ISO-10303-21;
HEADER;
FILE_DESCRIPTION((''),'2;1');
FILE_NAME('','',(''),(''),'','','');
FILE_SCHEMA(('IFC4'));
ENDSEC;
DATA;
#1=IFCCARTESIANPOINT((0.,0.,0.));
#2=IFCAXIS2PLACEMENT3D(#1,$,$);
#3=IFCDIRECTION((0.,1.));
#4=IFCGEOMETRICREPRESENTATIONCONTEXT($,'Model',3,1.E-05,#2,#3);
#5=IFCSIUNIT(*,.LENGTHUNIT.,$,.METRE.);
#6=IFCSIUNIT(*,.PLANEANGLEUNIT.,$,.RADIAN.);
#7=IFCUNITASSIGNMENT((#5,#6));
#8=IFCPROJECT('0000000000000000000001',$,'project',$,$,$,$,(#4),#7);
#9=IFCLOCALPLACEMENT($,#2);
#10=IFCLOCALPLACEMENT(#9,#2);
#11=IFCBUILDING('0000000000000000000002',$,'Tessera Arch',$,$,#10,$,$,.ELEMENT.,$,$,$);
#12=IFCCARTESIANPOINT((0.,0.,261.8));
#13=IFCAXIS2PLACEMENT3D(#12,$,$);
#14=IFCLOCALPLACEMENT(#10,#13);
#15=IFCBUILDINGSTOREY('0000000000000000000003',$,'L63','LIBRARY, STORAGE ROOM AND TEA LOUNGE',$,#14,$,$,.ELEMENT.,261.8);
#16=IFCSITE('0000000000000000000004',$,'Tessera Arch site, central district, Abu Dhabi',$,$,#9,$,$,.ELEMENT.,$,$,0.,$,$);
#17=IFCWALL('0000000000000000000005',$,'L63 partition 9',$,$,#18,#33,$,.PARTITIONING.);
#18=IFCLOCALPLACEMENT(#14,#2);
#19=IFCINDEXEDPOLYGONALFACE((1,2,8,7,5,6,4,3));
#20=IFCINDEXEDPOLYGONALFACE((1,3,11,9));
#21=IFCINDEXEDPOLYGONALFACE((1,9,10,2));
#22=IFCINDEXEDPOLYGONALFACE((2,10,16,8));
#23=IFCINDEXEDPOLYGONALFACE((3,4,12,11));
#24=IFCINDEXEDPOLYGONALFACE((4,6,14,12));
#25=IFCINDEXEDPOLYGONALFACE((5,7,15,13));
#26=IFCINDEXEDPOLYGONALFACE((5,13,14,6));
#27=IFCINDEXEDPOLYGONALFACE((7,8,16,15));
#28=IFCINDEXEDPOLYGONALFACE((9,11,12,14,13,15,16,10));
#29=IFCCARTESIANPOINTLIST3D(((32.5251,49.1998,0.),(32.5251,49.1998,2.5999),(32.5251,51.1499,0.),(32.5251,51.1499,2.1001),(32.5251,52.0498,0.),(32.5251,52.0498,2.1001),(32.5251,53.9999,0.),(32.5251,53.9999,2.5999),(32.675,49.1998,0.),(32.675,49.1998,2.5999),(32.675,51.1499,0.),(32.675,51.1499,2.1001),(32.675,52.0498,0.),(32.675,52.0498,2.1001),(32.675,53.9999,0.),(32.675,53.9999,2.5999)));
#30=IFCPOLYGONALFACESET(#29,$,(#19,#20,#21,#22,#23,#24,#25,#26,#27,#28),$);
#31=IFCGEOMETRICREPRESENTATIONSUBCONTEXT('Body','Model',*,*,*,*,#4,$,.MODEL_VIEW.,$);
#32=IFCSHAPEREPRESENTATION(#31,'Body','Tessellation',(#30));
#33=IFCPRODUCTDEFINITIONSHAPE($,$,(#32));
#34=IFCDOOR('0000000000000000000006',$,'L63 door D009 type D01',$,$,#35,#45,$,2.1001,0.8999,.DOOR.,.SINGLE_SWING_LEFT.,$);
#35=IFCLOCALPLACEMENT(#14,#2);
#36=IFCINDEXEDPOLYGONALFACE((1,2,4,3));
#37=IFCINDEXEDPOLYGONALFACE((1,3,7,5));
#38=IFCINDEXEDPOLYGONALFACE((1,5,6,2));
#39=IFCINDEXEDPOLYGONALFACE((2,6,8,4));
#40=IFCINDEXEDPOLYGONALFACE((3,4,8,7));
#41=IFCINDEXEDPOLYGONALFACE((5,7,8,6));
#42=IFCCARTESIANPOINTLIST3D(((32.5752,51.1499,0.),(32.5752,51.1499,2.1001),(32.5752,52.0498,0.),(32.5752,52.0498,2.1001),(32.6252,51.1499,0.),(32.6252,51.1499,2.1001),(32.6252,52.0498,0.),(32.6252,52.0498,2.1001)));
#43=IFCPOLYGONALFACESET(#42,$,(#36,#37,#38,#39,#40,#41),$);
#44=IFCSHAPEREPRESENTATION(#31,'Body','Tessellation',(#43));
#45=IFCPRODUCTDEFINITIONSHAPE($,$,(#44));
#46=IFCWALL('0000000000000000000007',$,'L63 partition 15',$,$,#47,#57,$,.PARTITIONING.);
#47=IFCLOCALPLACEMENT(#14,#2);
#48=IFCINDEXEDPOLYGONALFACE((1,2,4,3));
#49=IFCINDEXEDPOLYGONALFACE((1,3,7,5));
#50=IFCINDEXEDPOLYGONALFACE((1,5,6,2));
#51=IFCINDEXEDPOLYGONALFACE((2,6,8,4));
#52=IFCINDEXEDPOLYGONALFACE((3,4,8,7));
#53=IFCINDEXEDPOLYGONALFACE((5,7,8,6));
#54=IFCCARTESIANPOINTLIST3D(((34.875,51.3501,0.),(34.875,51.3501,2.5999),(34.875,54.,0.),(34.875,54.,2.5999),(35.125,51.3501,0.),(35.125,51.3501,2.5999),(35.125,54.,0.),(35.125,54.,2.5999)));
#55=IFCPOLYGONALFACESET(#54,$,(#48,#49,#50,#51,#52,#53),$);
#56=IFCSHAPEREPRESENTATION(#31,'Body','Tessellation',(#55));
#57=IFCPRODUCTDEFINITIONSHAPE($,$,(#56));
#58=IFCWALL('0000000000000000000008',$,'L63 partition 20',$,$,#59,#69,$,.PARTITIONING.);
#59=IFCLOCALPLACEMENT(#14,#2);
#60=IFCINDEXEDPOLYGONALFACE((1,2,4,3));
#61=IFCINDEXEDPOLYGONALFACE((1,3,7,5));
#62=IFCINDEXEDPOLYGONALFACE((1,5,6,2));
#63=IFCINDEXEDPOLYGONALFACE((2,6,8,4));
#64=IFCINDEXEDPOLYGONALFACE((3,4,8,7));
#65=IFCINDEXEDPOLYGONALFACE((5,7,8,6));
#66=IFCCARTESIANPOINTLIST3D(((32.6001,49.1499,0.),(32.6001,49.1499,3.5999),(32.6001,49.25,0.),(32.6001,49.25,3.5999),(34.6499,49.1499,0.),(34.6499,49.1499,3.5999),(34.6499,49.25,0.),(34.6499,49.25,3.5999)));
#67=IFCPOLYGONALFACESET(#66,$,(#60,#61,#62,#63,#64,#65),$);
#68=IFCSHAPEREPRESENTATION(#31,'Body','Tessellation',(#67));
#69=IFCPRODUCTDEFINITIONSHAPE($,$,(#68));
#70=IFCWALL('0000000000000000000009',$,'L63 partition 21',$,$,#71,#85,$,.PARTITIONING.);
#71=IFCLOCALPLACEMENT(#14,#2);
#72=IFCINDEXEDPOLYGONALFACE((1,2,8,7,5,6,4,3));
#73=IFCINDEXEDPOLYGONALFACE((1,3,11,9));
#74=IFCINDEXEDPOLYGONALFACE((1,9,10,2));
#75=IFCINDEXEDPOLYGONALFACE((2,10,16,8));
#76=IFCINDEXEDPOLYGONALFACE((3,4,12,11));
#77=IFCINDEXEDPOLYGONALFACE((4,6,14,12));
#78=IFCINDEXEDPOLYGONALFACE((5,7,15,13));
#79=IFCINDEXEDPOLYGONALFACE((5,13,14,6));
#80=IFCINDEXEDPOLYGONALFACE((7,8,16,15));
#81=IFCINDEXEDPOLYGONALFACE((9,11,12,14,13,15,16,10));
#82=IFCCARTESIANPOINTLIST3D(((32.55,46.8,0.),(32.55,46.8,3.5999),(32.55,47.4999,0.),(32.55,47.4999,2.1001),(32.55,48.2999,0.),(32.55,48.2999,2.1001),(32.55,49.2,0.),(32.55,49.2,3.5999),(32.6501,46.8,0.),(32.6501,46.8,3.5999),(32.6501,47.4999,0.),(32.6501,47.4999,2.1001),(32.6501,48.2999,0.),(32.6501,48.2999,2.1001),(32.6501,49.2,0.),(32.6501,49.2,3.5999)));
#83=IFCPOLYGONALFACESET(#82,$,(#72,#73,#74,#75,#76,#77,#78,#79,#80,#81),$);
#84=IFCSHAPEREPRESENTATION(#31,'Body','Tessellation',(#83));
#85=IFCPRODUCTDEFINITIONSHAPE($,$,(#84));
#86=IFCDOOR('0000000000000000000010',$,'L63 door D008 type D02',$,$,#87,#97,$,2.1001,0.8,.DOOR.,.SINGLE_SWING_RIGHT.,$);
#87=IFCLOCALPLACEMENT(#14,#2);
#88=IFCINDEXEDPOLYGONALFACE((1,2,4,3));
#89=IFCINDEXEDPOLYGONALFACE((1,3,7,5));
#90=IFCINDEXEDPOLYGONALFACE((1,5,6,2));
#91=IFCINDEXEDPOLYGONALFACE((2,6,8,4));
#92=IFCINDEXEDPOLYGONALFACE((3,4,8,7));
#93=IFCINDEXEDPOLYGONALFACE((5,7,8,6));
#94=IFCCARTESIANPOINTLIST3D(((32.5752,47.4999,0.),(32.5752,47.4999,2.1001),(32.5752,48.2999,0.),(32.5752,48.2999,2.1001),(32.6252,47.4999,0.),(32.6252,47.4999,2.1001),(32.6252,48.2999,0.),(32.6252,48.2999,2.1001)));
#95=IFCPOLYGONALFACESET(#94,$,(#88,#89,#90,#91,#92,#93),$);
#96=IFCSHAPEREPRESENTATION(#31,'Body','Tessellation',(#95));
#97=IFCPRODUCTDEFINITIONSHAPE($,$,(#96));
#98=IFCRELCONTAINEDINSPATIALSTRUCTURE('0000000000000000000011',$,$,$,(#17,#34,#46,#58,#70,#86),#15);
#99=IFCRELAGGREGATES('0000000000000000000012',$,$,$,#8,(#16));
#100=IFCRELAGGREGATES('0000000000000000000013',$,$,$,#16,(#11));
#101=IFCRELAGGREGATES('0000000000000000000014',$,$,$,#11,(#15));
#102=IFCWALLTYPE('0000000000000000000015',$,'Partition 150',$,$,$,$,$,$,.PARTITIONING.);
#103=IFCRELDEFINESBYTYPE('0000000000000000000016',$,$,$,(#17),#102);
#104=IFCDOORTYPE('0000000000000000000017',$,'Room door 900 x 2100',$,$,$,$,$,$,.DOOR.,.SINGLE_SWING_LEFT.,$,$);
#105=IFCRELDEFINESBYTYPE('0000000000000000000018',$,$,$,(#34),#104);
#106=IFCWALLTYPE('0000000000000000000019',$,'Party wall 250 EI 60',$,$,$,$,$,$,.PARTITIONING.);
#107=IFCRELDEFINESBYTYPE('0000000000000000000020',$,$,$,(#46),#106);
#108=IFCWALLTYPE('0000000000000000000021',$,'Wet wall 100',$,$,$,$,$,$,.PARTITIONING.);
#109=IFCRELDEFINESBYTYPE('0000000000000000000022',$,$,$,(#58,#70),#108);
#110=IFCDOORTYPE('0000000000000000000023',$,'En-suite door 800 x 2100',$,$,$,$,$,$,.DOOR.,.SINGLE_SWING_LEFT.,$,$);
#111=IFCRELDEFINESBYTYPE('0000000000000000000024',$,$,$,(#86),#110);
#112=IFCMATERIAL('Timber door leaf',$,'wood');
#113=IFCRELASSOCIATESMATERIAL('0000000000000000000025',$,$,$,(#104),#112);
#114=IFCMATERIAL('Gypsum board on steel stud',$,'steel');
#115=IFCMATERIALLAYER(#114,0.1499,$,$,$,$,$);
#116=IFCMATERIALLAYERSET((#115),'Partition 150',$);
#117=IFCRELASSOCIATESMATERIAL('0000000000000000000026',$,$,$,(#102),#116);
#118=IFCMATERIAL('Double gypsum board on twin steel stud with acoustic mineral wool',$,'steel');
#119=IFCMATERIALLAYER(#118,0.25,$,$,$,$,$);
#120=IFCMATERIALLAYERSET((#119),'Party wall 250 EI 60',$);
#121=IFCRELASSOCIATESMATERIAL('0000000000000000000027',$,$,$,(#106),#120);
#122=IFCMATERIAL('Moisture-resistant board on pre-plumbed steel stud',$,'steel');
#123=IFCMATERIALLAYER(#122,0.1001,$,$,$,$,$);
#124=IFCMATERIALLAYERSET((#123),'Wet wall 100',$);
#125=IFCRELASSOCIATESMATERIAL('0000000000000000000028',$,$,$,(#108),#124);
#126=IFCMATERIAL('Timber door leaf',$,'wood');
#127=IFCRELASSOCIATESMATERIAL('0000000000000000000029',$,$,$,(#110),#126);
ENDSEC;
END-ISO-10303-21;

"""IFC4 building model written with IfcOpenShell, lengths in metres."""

from ifc_helpers import new_model, si_unit, direction, frame, frame_2d, origin, place, context, subcontext, project, spatial, rectangle, extrude, material, layer, layer_set, type_object, element, fill, save


model = new_model("IFC4")

# Units and contexts
model_context = context("Model", 3, precision=1e-05, world=origin(), true_north=direction((0.0, 1.0)))
body_context = subcontext(model_context, "Body", "Model", "MODEL_VIEW")
ifc_project = project(units=[si_unit("LENGTHUNIT", "METRE"), si_unit("PLANEANGLEUNIT", "RADIAN")], contexts=[model_context])

# Site, building, storey
site_placement = place(None, origin())
site = spatial("IfcSite", under=ifc_project, at=site_placement, Name="Tessera Arch site, central district, Abu Dhabi", CompositionType="ELEMENT", RefElevation=0.0)
building_placement = place(site_placement, origin())
building = spatial("IfcBuilding", under=site, at=building_placement, Name="Tessera Arch", CompositionType="ELEMENT")
storey_placement = place(building_placement, frame((0.0, 0.0, 261.8)))
storey = spatial("IfcBuildingStorey", under=building, at=storey_placement, Name="L63", Description="LIBRARY, STORAGE ROOM AND TEA LOUNGE", CompositionType="ELEMENT", Elevation=261.8)

# Shared definitions
ifc_material_1 = material(Name="Timber door leaf", Category="wood")
door_type_1 = type_object("IfcDoorType", Name="Room door 900 x 2100", OperationType="SINGLE_SWING_LEFT", PredefinedType="DOOR", material=ifc_material_1)
ifc_material_2 = material(Name="Gypsum board on steel stud", Category="steel")
ifc_layer_1 = layer(ifc_material_2, 0.1499)
ifc_layer_set_1 = layer_set([ifc_layer_1], Name="Partition 150")
wall_type_1 = type_object("IfcWallType", Name="Partition 150", PredefinedType="PARTITIONING", material=ifc_layer_set_1)

# Wall, opening, door
wall_1_placement = place(storey_placement, frame((32.6001, 49.2, 0.0), z_axis=(0.0, 0.0, 1.0), x_axis=(0.0, 1.0, 0.0)))
wall_1 = element("IfcWall", 1, at=wall_1_placement, inside=storey, type_object=wall_type_1, Name="L63 partition 9", PredefinedType="PARTITIONING", context=body_context, shape_type="SweptSolid", body=[
    extrude(rectangle(XDim=4.8, YDim=0.1499, at=frame_2d((2.3999, 0.0))), origin(), (0.0, 0.0, 1.0), 2.5999),
])
opening_1_placement = place(wall_1_placement, frame((1.95, 0.0, 0.0)))
opening_1 = element("IfcOpeningElement", 2, at=opening_1_placement, cuts=wall_1, PredefinedType="OPENING", context=body_context, shape_type="SweptSolid", body=[
    extrude(rectangle(XDim=0.8999, YDim=2.1001, at=frame_2d((0.45, 1.05))), frame((0.0, 0.085, 0.0), z_axis=(0.0, -1.0, 0.0), x_axis=(1.0, 0.0, 0.0)), (0.0, 0.0, 1.0), 0.1699),
])
door_1_placement = place(opening_1_placement, origin())
door_1 = element("IfcDoor", 3, at=door_1_placement, inside=storey, type_object=door_type_1, Name="L63 door D009 type D01", OperationType="SINGLE_SWING_LEFT", OverallHeight=2.1001, OverallWidth=0.8999, PredefinedType="DOOR", context=body_context, shape_type="SweptSolid", body=[
    extrude(rectangle(XDim=0.8999, YDim=2.1001, at=frame_2d((0.45, 1.05))), frame((0.0, 0.0249, 0.0), z_axis=(0.0, -1.0, 0.0), x_axis=(1.0, 0.0, 0.0)), (0.0, 0.0, 1.0), 0.05),
])
fill(opening_1, door_1)

# Walls
ifc_material_3 = material(Name="Double gypsum board on twin steel stud with acoustic mineral wool", Category="steel")
ifc_layer_2 = layer(ifc_material_3, 0.25)
ifc_layer_set_2 = layer_set([ifc_layer_2], Name="Party wall 250 EI 60")
wall_type_2 = type_object("IfcWallType", Name="Party wall 250 EI 60", PredefinedType="PARTITIONING", material=ifc_layer_set_2)
wall_2_placement = place(storey_placement, frame((35.0, 51.3501, 0.0), z_axis=(0.0, 0.0, 1.0), x_axis=(0.0, 1.0, 0.0)))
element("IfcWall", 4, at=wall_2_placement, inside=storey, type_object=wall_type_2, Name="L63 partition 15", PredefinedType="PARTITIONING", context=body_context, shape_type="SweptSolid", body=[
    extrude(rectangle(XDim=2.6499, YDim=0.25, at=frame_2d((1.325, 0.0))), origin(), (0.0, 0.0, 1.0), 2.5999),
])
ifc_material_4 = material(Name="Moisture-resistant board on pre-plumbed steel stud", Category="steel")
ifc_layer_3 = layer(ifc_material_4, 0.1001)
ifc_layer_set_3 = layer_set([ifc_layer_3], Name="Wet wall 100")
wall_type_3 = type_object("IfcWallType", Name="Wet wall 100", PredefinedType="PARTITIONING", material=ifc_layer_set_3)
wall_3_placement = place(storey_placement, frame((32.6001, 49.2, 0.0), z_axis=(0.0, 0.0, 1.0), x_axis=(1.0, 0.0, 0.0)))
element("IfcWall", 5, at=wall_3_placement, inside=storey, type_object=wall_type_3, Name="L63 partition 20", PredefinedType="PARTITIONING", context=body_context, shape_type="SweptSolid", body=[
    extrude(rectangle(XDim=2.0498, YDim=0.1001, at=frame_2d((1.0249, 0.0))), origin(), (0.0, 0.0, 1.0), 3.5999),
])

# Wall, opening, door
wall_4_placement = place(storey_placement, frame((32.6001, 46.8, 0.0), z_axis=(0.0, 0.0, 1.0), x_axis=(0.0, 1.0, 0.0)))
wall_4 = element("IfcWall", 6, at=wall_4_placement, inside=storey, type_object=wall_type_3, Name="L63 partition 21", PredefinedType="PARTITIONING", context=body_context, shape_type="SweptSolid", body=[
    extrude(rectangle(XDim=2.3999, YDim=0.1001, at=frame_2d((1.2, 0.0))), origin(), (0.0, 0.0, 1.0), 3.5999),
])
opening_2_placement = place(wall_4_placement, frame((0.7, 0.0, 0.0)))
opening_2 = element("IfcOpeningElement", 7, at=opening_2_placement, cuts=wall_4, PredefinedType="OPENING", context=body_context, shape_type="SweptSolid", body=[
    extrude(rectangle(XDim=0.8, YDim=2.1001, at=frame_2d((0.3999, 1.05))), frame((0.0, 0.0601, 0.0), z_axis=(0.0, -1.0, 0.0), x_axis=(1.0, 0.0, 0.0)), (0.0, 0.0, 1.0), 0.1201),
])
ifc_material_5 = material(Name="Timber door leaf", Category="wood")
door_type_2 = type_object("IfcDoorType", Name="En-suite door 800 x 2100", OperationType="SINGLE_SWING_LEFT", PredefinedType="DOOR", material=ifc_material_5)
door_2_placement = place(opening_2_placement, origin())
door_2 = element("IfcDoor", 8, at=door_2_placement, inside=storey, type_object=door_type_2, Name="L63 door D008 type D02", OperationType="SINGLE_SWING_RIGHT", OverallHeight=2.1001, OverallWidth=0.8, PredefinedType="DOOR", context=body_context, shape_type="SweptSolid", body=[
    extrude(rectangle(XDim=0.8, YDim=2.1001, at=frame_2d((0.3999, 1.05))), frame((0.0, 0.0249, 0.0), z_axis=(0.0, -1.0, 0.0), x_axis=(1.0, 0.0, 0.0)), (0.0, 0.0, 1.0), 0.05),
])
fill(opening_2, door_2)

save(model, "model.ifc")
